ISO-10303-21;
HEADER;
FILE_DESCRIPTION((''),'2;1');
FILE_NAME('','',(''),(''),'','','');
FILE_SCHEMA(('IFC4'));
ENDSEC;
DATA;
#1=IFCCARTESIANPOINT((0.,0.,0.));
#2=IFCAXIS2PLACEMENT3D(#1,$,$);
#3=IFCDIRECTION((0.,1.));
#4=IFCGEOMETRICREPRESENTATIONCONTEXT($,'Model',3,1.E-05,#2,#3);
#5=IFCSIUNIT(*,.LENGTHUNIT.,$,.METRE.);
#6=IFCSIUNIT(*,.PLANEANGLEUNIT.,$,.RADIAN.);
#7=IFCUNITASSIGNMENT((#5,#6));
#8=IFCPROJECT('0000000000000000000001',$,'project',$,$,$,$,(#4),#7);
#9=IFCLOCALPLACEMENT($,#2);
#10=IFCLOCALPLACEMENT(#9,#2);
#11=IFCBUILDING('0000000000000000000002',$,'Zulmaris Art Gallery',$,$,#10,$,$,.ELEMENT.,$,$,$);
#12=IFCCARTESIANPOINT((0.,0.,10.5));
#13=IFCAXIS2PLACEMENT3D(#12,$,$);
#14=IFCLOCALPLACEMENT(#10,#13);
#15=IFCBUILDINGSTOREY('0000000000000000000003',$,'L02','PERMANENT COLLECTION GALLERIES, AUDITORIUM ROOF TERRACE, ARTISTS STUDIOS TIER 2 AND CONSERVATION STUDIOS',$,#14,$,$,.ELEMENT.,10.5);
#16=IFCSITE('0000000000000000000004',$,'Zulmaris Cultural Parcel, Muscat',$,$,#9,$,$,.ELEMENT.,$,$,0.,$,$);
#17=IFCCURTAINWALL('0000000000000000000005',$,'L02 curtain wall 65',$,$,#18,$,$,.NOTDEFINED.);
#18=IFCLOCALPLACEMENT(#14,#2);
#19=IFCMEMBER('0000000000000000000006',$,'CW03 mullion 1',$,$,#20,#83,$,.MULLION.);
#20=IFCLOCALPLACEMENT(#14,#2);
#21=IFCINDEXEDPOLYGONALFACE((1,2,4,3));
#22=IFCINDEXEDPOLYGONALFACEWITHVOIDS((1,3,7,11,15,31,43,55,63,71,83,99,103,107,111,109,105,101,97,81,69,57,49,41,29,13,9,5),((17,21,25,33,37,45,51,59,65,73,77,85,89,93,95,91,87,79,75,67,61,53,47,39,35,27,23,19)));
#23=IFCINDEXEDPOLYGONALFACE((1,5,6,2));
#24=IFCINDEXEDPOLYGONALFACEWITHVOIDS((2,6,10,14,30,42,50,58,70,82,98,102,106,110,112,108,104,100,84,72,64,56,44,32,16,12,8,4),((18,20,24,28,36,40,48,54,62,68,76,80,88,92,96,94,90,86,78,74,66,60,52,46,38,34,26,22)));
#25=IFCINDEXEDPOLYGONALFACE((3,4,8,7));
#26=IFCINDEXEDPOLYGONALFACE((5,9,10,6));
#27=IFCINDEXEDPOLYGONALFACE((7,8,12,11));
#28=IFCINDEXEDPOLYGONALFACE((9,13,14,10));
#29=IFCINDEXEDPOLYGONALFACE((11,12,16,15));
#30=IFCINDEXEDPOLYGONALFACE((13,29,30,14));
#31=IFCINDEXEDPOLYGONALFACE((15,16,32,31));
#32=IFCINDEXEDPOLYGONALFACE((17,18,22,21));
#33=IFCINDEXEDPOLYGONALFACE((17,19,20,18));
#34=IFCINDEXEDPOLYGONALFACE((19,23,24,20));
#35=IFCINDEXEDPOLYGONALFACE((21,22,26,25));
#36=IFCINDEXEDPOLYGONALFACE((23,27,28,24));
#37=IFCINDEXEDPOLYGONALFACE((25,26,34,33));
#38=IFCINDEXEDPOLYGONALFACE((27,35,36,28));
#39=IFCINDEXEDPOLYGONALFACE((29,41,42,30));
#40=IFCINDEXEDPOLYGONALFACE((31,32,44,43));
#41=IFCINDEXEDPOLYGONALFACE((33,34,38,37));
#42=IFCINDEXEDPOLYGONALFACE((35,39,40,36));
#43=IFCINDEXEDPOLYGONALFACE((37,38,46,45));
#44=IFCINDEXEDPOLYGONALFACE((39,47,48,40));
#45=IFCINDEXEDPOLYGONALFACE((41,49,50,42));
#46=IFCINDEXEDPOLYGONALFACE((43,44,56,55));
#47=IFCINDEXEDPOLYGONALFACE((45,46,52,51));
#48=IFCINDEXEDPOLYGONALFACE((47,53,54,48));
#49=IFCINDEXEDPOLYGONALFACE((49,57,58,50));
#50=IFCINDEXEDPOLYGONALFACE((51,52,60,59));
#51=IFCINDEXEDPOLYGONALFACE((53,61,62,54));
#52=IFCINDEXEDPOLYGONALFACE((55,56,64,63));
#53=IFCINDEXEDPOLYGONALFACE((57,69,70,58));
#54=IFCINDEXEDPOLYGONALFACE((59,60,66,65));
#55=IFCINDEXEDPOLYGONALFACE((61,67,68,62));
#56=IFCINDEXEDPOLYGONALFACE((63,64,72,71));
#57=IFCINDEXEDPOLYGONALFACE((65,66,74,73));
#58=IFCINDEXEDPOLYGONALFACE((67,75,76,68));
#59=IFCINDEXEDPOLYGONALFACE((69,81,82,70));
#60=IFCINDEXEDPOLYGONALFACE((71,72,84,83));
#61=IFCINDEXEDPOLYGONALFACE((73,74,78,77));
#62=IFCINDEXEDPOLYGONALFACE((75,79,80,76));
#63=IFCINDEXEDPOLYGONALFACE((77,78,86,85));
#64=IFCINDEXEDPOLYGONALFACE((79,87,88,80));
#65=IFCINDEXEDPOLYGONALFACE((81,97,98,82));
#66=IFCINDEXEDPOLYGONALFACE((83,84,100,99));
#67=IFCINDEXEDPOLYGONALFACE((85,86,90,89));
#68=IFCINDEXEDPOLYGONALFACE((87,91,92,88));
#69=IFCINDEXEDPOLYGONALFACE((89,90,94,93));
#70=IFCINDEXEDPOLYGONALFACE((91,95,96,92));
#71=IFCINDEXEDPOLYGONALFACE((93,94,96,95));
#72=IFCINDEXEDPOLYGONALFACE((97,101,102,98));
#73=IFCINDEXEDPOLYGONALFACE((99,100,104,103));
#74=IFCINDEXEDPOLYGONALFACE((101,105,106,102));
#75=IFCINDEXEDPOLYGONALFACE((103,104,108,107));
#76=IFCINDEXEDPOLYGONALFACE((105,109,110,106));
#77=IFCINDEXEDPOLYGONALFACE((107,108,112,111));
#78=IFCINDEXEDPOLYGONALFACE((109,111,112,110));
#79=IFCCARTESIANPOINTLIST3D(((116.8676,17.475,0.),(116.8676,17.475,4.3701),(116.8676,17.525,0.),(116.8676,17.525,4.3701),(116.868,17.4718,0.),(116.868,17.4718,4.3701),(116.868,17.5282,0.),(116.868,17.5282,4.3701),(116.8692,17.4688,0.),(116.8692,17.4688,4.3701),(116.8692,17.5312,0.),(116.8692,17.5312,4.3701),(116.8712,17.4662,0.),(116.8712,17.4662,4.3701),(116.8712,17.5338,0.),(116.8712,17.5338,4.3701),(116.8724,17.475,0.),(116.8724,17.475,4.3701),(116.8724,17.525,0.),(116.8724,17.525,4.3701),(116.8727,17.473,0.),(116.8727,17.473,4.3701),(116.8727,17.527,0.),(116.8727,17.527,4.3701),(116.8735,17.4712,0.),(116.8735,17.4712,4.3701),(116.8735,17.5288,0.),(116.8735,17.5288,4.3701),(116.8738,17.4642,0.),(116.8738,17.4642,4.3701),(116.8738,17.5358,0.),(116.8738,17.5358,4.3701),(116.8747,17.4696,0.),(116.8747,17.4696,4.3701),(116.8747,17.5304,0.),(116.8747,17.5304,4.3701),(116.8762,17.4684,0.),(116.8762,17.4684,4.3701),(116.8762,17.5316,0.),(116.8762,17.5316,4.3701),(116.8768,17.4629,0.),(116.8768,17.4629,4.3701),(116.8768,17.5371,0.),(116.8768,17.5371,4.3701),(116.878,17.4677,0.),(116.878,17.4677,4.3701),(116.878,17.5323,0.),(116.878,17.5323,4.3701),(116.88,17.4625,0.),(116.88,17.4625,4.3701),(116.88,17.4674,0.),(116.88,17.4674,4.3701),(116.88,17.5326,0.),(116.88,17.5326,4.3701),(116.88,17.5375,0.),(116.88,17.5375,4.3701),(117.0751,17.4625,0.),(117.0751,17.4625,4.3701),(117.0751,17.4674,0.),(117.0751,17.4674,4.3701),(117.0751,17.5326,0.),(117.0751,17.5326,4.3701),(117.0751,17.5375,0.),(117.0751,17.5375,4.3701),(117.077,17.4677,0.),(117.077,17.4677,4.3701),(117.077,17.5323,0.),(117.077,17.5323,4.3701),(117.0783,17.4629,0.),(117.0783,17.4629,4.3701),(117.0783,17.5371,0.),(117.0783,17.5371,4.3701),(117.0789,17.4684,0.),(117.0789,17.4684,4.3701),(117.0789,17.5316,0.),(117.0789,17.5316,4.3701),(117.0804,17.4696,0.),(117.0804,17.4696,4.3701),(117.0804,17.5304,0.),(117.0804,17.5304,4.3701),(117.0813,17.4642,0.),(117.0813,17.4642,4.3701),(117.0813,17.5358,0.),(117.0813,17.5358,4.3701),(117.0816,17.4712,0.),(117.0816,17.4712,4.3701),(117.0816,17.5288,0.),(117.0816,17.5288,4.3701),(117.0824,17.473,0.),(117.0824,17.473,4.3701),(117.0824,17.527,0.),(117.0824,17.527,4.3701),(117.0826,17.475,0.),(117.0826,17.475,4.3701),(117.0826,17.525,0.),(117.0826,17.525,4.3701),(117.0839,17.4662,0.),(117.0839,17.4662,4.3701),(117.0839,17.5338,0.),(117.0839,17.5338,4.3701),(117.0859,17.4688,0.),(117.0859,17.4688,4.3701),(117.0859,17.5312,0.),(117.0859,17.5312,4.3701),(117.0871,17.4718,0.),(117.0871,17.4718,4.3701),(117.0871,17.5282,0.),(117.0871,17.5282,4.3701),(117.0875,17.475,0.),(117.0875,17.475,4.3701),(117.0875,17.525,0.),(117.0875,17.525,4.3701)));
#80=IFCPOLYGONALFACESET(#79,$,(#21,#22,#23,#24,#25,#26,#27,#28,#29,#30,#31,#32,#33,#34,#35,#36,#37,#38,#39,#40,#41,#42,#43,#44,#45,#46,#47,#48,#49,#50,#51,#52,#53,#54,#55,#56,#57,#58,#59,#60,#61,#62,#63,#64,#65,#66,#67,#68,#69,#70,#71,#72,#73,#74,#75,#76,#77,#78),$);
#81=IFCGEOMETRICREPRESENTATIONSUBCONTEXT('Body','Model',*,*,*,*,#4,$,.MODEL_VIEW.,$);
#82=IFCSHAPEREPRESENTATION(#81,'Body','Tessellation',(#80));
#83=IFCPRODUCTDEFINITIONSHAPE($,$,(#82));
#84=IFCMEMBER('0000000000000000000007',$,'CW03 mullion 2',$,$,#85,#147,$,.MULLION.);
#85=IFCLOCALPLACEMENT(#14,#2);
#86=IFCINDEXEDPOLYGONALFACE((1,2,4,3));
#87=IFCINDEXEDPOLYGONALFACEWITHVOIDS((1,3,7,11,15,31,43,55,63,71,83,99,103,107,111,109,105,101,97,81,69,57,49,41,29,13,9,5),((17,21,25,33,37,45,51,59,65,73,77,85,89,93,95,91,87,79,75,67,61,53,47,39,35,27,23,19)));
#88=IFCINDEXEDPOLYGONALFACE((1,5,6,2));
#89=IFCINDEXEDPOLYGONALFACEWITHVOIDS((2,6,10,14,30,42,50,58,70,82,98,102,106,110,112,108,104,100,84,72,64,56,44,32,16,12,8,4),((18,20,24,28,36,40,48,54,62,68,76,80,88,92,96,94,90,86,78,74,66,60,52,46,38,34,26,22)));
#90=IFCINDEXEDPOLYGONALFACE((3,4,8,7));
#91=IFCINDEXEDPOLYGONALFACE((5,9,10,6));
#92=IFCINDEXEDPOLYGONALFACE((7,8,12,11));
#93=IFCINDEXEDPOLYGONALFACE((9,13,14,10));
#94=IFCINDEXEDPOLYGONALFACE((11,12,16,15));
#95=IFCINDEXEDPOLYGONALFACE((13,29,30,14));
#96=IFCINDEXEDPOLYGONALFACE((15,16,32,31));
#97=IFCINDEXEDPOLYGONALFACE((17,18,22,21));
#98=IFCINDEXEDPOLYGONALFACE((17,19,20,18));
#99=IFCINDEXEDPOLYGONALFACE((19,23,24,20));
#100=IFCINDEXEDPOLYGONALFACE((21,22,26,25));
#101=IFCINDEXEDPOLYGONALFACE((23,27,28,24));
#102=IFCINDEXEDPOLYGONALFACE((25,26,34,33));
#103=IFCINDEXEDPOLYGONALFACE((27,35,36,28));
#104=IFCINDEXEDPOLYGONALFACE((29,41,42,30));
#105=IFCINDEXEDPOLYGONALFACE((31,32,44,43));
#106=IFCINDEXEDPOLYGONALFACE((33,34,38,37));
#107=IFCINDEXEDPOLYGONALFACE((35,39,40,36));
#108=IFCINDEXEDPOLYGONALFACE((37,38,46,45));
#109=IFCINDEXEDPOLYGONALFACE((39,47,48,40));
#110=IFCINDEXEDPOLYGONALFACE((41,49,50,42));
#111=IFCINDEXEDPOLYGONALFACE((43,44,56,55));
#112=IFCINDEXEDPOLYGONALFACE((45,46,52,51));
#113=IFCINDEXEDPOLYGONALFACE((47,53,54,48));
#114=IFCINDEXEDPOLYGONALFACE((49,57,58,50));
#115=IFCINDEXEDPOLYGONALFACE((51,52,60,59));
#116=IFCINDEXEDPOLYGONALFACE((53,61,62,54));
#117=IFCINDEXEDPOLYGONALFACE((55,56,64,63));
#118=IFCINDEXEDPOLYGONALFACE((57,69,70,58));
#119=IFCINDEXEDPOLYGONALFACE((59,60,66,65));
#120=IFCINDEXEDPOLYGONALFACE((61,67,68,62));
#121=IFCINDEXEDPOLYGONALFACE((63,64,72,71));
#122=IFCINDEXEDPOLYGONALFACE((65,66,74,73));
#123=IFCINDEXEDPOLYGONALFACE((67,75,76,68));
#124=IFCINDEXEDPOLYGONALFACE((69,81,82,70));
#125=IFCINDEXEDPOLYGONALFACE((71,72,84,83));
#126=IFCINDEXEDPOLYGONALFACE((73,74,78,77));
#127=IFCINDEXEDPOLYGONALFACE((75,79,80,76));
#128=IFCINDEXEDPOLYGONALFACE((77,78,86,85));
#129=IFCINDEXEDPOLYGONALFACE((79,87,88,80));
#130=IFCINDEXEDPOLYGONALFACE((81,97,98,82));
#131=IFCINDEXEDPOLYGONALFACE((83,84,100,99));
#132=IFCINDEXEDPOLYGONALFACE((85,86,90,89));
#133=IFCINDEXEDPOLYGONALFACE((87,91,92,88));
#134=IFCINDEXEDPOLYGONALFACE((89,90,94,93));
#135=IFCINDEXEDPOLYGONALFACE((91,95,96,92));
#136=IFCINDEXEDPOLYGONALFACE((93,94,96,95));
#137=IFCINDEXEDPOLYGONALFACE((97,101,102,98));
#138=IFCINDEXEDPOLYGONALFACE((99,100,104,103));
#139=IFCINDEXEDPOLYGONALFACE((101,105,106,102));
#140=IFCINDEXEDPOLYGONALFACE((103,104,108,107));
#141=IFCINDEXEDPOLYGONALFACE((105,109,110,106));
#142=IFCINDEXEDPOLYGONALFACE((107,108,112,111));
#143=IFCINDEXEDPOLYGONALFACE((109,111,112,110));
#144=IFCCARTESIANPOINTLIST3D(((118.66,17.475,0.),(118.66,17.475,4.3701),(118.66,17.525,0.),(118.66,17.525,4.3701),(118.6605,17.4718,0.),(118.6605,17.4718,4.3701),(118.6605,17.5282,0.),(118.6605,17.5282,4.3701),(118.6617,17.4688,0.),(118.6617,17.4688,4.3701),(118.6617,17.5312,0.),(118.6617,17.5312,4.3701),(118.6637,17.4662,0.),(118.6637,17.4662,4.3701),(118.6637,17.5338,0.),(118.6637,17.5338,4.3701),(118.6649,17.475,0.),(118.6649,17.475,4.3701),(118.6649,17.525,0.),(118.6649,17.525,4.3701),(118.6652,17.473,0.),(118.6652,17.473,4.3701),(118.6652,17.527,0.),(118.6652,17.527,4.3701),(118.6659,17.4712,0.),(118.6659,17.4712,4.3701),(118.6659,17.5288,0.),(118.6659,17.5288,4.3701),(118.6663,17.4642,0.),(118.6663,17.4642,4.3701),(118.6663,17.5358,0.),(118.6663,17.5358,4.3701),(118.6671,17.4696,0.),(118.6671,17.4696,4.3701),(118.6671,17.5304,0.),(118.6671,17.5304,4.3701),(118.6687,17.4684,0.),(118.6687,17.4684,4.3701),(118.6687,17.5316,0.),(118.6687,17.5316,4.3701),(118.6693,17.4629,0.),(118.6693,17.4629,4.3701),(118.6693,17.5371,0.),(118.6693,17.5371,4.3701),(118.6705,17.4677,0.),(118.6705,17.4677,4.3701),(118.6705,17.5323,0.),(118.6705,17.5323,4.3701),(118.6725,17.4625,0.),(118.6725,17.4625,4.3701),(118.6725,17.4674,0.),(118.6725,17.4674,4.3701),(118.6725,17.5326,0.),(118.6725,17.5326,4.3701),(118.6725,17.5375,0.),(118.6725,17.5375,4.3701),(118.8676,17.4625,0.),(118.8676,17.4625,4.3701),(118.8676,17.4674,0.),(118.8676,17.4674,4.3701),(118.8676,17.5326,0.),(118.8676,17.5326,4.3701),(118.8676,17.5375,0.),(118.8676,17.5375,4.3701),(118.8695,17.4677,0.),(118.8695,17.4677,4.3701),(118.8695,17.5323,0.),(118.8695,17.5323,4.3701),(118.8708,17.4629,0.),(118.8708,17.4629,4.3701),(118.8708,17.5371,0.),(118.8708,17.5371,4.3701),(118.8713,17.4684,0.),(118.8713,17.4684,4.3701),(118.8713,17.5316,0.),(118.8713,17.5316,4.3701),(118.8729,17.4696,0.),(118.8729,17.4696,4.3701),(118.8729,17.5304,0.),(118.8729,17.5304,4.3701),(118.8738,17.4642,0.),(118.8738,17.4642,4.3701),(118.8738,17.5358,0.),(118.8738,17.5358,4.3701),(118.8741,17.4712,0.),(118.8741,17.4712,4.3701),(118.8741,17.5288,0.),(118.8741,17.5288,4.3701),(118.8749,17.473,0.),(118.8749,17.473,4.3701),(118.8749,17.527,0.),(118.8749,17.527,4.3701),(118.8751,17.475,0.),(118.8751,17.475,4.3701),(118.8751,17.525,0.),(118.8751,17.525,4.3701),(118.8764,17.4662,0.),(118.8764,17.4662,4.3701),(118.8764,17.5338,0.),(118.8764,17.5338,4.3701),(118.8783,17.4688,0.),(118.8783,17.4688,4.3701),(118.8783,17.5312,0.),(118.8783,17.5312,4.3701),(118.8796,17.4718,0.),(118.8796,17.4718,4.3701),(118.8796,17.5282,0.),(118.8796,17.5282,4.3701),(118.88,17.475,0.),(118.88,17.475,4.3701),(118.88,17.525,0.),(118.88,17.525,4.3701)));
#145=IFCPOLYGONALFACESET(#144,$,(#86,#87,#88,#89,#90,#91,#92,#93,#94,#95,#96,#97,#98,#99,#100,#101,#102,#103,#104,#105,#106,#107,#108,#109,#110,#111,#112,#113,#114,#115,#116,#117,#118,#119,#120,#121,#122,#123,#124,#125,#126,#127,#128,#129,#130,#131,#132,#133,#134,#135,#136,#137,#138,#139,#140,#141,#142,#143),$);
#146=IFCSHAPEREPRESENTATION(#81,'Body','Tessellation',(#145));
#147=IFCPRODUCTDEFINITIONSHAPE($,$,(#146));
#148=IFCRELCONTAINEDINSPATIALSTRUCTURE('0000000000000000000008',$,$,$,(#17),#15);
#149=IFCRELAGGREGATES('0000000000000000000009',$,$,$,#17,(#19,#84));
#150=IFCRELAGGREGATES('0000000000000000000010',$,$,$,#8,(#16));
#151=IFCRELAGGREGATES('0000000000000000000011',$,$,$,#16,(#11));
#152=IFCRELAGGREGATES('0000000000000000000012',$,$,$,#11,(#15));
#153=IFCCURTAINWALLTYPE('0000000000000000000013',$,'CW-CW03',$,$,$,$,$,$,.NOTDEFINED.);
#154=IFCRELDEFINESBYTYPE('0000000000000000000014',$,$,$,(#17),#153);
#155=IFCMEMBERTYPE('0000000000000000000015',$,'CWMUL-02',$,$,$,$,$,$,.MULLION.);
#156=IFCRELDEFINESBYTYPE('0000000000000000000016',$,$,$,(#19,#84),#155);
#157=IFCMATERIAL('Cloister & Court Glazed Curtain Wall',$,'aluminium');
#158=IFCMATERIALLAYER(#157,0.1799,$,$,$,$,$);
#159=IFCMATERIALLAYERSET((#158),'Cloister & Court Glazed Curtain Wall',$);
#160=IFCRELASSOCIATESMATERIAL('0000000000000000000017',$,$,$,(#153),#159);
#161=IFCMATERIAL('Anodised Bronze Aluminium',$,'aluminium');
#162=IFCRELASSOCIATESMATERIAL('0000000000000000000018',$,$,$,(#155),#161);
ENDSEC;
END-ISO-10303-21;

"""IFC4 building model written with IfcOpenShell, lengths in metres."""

from ifc_helpers import new_model, si_unit, direction, frame, origin, origin_2d, place, context, subcontext, project, spatial, hollow_rectangle, extrude, material, layer, layer_set, material_profile, profile_set, type_object, element, aggregate, save


model = new_model("IFC4")

# Units and contexts
model_context = context("Model", 3, precision=1e-05, world=origin(), true_north=direction((0.0, 1.0)))
body_context = subcontext(model_context, "Body", "Model", "MODEL_VIEW")
ifc_project = project(units=[si_unit("LENGTHUNIT", "METRE"), si_unit("PLANEANGLEUNIT", "RADIAN")], contexts=[model_context])

# Site, building, storey
site_placement = place(None, origin())
site = spatial("IfcSite", under=ifc_project, at=site_placement, Name="Zulmaris Cultural Parcel, Muscat", CompositionType="ELEMENT", RefElevation=0.0)
building_placement = place(site_placement, origin())
building = spatial("IfcBuilding", under=site, at=building_placement, Name="Zulmaris Art Gallery", CompositionType="ELEMENT")
storey_placement = place(building_placement, frame((0.0, 0.0, 10.5)))
storey = spatial("IfcBuildingStorey", under=building, at=storey_placement, Name="L02", Description="PERMANENT COLLECTION GALLERIES, AUDITORIUM ROOF TERRACE, ARTISTS STUDIOS TIER 2 AND CONSERVATION STUDIOS", CompositionType="ELEMENT", Elevation=10.5)

# Curtain wall, members
ifc_material_1 = material(Name="Cloister & Court Glazed Curtain Wall", Category="aluminium")
ifc_layer_1 = layer(ifc_material_1, 0.1799)
ifc_layer_set_1 = layer_set([ifc_layer_1], Name="Cloister & Court Glazed Curtain Wall")
curtain_wall_type = type_object("IfcCurtainWallType", Name="CW-CW03", PredefinedType="NOTDEFINED", material=ifc_layer_set_1)
curtain_wall_1_placement = place(storey_placement, origin())
curtain_wall_1 = element("IfcCurtainWall", 1, at=curtain_wall_1_placement, inside=storey, type_object=curtain_wall_type, Name="L02 curtain wall 65", PredefinedType="NOTDEFINED")
ifc_material_2 = material(Name="Anodised Bronze Aluminium", Category="aluminium")
ifc_material_profile_1 = material_profile(ifc_material_2, hollow_rectangle(XDim=0.075, YDim=0.22, WallThickness=0.0049, InnerFilletRadius=0.0076, OuterFilletRadius=0.0125, at=origin_2d()), Name="ALU 75x220x5")
ifc_profile_set_1 = profile_set([ifc_material_profile_1], Name="Anodised Bronze Aluminium")
member_type_1 = type_object("IfcMemberType", Name="CWMUL-02", PredefinedType="MULLION", material=ifc_profile_set_1)
member_1_placement = place(storey_placement, frame((116.9775, 17.5, 0.0), z_axis=(0.0, 0.0, 1.0), x_axis=(0.0, 1.0, 0.0)))
member_1 = element("IfcMember", 2, at=member_1_placement, type_object=member_type_1, Name="CW03 mullion 1", PredefinedType="MULLION", context=body_context, shape_type="SweptSolid", body=[
    extrude(hollow_rectangle(XDim=0.075, YDim=0.22, WallThickness=0.0049, InnerFilletRadius=0.0076, OuterFilletRadius=0.0125, at=origin_2d()), origin(), (0.0, 0.0, 1.0), 4.3701),
])
member_2_placement = place(storey_placement, frame((118.77, 17.5, 0.0), z_axis=(0.0, 0.0, 1.0), x_axis=(0.0, 1.0, 0.0)))
member_2 = element("IfcMember", 3, at=member_2_placement, type_object=member_type_1, Name="CW03 mullion 2", PredefinedType="MULLION", context=body_context, shape_type="SweptSolid", body=[
    extrude(hollow_rectangle(XDim=0.075, YDim=0.22, WallThickness=0.0049, InnerFilletRadius=0.0076, OuterFilletRadius=0.0125, at=origin_2d()), origin(), (0.0, 0.0, 1.0), 4.3701),
])

aggregate(curtain_wall_1, [member_1, member_2])

save(model, "model.ifc")
